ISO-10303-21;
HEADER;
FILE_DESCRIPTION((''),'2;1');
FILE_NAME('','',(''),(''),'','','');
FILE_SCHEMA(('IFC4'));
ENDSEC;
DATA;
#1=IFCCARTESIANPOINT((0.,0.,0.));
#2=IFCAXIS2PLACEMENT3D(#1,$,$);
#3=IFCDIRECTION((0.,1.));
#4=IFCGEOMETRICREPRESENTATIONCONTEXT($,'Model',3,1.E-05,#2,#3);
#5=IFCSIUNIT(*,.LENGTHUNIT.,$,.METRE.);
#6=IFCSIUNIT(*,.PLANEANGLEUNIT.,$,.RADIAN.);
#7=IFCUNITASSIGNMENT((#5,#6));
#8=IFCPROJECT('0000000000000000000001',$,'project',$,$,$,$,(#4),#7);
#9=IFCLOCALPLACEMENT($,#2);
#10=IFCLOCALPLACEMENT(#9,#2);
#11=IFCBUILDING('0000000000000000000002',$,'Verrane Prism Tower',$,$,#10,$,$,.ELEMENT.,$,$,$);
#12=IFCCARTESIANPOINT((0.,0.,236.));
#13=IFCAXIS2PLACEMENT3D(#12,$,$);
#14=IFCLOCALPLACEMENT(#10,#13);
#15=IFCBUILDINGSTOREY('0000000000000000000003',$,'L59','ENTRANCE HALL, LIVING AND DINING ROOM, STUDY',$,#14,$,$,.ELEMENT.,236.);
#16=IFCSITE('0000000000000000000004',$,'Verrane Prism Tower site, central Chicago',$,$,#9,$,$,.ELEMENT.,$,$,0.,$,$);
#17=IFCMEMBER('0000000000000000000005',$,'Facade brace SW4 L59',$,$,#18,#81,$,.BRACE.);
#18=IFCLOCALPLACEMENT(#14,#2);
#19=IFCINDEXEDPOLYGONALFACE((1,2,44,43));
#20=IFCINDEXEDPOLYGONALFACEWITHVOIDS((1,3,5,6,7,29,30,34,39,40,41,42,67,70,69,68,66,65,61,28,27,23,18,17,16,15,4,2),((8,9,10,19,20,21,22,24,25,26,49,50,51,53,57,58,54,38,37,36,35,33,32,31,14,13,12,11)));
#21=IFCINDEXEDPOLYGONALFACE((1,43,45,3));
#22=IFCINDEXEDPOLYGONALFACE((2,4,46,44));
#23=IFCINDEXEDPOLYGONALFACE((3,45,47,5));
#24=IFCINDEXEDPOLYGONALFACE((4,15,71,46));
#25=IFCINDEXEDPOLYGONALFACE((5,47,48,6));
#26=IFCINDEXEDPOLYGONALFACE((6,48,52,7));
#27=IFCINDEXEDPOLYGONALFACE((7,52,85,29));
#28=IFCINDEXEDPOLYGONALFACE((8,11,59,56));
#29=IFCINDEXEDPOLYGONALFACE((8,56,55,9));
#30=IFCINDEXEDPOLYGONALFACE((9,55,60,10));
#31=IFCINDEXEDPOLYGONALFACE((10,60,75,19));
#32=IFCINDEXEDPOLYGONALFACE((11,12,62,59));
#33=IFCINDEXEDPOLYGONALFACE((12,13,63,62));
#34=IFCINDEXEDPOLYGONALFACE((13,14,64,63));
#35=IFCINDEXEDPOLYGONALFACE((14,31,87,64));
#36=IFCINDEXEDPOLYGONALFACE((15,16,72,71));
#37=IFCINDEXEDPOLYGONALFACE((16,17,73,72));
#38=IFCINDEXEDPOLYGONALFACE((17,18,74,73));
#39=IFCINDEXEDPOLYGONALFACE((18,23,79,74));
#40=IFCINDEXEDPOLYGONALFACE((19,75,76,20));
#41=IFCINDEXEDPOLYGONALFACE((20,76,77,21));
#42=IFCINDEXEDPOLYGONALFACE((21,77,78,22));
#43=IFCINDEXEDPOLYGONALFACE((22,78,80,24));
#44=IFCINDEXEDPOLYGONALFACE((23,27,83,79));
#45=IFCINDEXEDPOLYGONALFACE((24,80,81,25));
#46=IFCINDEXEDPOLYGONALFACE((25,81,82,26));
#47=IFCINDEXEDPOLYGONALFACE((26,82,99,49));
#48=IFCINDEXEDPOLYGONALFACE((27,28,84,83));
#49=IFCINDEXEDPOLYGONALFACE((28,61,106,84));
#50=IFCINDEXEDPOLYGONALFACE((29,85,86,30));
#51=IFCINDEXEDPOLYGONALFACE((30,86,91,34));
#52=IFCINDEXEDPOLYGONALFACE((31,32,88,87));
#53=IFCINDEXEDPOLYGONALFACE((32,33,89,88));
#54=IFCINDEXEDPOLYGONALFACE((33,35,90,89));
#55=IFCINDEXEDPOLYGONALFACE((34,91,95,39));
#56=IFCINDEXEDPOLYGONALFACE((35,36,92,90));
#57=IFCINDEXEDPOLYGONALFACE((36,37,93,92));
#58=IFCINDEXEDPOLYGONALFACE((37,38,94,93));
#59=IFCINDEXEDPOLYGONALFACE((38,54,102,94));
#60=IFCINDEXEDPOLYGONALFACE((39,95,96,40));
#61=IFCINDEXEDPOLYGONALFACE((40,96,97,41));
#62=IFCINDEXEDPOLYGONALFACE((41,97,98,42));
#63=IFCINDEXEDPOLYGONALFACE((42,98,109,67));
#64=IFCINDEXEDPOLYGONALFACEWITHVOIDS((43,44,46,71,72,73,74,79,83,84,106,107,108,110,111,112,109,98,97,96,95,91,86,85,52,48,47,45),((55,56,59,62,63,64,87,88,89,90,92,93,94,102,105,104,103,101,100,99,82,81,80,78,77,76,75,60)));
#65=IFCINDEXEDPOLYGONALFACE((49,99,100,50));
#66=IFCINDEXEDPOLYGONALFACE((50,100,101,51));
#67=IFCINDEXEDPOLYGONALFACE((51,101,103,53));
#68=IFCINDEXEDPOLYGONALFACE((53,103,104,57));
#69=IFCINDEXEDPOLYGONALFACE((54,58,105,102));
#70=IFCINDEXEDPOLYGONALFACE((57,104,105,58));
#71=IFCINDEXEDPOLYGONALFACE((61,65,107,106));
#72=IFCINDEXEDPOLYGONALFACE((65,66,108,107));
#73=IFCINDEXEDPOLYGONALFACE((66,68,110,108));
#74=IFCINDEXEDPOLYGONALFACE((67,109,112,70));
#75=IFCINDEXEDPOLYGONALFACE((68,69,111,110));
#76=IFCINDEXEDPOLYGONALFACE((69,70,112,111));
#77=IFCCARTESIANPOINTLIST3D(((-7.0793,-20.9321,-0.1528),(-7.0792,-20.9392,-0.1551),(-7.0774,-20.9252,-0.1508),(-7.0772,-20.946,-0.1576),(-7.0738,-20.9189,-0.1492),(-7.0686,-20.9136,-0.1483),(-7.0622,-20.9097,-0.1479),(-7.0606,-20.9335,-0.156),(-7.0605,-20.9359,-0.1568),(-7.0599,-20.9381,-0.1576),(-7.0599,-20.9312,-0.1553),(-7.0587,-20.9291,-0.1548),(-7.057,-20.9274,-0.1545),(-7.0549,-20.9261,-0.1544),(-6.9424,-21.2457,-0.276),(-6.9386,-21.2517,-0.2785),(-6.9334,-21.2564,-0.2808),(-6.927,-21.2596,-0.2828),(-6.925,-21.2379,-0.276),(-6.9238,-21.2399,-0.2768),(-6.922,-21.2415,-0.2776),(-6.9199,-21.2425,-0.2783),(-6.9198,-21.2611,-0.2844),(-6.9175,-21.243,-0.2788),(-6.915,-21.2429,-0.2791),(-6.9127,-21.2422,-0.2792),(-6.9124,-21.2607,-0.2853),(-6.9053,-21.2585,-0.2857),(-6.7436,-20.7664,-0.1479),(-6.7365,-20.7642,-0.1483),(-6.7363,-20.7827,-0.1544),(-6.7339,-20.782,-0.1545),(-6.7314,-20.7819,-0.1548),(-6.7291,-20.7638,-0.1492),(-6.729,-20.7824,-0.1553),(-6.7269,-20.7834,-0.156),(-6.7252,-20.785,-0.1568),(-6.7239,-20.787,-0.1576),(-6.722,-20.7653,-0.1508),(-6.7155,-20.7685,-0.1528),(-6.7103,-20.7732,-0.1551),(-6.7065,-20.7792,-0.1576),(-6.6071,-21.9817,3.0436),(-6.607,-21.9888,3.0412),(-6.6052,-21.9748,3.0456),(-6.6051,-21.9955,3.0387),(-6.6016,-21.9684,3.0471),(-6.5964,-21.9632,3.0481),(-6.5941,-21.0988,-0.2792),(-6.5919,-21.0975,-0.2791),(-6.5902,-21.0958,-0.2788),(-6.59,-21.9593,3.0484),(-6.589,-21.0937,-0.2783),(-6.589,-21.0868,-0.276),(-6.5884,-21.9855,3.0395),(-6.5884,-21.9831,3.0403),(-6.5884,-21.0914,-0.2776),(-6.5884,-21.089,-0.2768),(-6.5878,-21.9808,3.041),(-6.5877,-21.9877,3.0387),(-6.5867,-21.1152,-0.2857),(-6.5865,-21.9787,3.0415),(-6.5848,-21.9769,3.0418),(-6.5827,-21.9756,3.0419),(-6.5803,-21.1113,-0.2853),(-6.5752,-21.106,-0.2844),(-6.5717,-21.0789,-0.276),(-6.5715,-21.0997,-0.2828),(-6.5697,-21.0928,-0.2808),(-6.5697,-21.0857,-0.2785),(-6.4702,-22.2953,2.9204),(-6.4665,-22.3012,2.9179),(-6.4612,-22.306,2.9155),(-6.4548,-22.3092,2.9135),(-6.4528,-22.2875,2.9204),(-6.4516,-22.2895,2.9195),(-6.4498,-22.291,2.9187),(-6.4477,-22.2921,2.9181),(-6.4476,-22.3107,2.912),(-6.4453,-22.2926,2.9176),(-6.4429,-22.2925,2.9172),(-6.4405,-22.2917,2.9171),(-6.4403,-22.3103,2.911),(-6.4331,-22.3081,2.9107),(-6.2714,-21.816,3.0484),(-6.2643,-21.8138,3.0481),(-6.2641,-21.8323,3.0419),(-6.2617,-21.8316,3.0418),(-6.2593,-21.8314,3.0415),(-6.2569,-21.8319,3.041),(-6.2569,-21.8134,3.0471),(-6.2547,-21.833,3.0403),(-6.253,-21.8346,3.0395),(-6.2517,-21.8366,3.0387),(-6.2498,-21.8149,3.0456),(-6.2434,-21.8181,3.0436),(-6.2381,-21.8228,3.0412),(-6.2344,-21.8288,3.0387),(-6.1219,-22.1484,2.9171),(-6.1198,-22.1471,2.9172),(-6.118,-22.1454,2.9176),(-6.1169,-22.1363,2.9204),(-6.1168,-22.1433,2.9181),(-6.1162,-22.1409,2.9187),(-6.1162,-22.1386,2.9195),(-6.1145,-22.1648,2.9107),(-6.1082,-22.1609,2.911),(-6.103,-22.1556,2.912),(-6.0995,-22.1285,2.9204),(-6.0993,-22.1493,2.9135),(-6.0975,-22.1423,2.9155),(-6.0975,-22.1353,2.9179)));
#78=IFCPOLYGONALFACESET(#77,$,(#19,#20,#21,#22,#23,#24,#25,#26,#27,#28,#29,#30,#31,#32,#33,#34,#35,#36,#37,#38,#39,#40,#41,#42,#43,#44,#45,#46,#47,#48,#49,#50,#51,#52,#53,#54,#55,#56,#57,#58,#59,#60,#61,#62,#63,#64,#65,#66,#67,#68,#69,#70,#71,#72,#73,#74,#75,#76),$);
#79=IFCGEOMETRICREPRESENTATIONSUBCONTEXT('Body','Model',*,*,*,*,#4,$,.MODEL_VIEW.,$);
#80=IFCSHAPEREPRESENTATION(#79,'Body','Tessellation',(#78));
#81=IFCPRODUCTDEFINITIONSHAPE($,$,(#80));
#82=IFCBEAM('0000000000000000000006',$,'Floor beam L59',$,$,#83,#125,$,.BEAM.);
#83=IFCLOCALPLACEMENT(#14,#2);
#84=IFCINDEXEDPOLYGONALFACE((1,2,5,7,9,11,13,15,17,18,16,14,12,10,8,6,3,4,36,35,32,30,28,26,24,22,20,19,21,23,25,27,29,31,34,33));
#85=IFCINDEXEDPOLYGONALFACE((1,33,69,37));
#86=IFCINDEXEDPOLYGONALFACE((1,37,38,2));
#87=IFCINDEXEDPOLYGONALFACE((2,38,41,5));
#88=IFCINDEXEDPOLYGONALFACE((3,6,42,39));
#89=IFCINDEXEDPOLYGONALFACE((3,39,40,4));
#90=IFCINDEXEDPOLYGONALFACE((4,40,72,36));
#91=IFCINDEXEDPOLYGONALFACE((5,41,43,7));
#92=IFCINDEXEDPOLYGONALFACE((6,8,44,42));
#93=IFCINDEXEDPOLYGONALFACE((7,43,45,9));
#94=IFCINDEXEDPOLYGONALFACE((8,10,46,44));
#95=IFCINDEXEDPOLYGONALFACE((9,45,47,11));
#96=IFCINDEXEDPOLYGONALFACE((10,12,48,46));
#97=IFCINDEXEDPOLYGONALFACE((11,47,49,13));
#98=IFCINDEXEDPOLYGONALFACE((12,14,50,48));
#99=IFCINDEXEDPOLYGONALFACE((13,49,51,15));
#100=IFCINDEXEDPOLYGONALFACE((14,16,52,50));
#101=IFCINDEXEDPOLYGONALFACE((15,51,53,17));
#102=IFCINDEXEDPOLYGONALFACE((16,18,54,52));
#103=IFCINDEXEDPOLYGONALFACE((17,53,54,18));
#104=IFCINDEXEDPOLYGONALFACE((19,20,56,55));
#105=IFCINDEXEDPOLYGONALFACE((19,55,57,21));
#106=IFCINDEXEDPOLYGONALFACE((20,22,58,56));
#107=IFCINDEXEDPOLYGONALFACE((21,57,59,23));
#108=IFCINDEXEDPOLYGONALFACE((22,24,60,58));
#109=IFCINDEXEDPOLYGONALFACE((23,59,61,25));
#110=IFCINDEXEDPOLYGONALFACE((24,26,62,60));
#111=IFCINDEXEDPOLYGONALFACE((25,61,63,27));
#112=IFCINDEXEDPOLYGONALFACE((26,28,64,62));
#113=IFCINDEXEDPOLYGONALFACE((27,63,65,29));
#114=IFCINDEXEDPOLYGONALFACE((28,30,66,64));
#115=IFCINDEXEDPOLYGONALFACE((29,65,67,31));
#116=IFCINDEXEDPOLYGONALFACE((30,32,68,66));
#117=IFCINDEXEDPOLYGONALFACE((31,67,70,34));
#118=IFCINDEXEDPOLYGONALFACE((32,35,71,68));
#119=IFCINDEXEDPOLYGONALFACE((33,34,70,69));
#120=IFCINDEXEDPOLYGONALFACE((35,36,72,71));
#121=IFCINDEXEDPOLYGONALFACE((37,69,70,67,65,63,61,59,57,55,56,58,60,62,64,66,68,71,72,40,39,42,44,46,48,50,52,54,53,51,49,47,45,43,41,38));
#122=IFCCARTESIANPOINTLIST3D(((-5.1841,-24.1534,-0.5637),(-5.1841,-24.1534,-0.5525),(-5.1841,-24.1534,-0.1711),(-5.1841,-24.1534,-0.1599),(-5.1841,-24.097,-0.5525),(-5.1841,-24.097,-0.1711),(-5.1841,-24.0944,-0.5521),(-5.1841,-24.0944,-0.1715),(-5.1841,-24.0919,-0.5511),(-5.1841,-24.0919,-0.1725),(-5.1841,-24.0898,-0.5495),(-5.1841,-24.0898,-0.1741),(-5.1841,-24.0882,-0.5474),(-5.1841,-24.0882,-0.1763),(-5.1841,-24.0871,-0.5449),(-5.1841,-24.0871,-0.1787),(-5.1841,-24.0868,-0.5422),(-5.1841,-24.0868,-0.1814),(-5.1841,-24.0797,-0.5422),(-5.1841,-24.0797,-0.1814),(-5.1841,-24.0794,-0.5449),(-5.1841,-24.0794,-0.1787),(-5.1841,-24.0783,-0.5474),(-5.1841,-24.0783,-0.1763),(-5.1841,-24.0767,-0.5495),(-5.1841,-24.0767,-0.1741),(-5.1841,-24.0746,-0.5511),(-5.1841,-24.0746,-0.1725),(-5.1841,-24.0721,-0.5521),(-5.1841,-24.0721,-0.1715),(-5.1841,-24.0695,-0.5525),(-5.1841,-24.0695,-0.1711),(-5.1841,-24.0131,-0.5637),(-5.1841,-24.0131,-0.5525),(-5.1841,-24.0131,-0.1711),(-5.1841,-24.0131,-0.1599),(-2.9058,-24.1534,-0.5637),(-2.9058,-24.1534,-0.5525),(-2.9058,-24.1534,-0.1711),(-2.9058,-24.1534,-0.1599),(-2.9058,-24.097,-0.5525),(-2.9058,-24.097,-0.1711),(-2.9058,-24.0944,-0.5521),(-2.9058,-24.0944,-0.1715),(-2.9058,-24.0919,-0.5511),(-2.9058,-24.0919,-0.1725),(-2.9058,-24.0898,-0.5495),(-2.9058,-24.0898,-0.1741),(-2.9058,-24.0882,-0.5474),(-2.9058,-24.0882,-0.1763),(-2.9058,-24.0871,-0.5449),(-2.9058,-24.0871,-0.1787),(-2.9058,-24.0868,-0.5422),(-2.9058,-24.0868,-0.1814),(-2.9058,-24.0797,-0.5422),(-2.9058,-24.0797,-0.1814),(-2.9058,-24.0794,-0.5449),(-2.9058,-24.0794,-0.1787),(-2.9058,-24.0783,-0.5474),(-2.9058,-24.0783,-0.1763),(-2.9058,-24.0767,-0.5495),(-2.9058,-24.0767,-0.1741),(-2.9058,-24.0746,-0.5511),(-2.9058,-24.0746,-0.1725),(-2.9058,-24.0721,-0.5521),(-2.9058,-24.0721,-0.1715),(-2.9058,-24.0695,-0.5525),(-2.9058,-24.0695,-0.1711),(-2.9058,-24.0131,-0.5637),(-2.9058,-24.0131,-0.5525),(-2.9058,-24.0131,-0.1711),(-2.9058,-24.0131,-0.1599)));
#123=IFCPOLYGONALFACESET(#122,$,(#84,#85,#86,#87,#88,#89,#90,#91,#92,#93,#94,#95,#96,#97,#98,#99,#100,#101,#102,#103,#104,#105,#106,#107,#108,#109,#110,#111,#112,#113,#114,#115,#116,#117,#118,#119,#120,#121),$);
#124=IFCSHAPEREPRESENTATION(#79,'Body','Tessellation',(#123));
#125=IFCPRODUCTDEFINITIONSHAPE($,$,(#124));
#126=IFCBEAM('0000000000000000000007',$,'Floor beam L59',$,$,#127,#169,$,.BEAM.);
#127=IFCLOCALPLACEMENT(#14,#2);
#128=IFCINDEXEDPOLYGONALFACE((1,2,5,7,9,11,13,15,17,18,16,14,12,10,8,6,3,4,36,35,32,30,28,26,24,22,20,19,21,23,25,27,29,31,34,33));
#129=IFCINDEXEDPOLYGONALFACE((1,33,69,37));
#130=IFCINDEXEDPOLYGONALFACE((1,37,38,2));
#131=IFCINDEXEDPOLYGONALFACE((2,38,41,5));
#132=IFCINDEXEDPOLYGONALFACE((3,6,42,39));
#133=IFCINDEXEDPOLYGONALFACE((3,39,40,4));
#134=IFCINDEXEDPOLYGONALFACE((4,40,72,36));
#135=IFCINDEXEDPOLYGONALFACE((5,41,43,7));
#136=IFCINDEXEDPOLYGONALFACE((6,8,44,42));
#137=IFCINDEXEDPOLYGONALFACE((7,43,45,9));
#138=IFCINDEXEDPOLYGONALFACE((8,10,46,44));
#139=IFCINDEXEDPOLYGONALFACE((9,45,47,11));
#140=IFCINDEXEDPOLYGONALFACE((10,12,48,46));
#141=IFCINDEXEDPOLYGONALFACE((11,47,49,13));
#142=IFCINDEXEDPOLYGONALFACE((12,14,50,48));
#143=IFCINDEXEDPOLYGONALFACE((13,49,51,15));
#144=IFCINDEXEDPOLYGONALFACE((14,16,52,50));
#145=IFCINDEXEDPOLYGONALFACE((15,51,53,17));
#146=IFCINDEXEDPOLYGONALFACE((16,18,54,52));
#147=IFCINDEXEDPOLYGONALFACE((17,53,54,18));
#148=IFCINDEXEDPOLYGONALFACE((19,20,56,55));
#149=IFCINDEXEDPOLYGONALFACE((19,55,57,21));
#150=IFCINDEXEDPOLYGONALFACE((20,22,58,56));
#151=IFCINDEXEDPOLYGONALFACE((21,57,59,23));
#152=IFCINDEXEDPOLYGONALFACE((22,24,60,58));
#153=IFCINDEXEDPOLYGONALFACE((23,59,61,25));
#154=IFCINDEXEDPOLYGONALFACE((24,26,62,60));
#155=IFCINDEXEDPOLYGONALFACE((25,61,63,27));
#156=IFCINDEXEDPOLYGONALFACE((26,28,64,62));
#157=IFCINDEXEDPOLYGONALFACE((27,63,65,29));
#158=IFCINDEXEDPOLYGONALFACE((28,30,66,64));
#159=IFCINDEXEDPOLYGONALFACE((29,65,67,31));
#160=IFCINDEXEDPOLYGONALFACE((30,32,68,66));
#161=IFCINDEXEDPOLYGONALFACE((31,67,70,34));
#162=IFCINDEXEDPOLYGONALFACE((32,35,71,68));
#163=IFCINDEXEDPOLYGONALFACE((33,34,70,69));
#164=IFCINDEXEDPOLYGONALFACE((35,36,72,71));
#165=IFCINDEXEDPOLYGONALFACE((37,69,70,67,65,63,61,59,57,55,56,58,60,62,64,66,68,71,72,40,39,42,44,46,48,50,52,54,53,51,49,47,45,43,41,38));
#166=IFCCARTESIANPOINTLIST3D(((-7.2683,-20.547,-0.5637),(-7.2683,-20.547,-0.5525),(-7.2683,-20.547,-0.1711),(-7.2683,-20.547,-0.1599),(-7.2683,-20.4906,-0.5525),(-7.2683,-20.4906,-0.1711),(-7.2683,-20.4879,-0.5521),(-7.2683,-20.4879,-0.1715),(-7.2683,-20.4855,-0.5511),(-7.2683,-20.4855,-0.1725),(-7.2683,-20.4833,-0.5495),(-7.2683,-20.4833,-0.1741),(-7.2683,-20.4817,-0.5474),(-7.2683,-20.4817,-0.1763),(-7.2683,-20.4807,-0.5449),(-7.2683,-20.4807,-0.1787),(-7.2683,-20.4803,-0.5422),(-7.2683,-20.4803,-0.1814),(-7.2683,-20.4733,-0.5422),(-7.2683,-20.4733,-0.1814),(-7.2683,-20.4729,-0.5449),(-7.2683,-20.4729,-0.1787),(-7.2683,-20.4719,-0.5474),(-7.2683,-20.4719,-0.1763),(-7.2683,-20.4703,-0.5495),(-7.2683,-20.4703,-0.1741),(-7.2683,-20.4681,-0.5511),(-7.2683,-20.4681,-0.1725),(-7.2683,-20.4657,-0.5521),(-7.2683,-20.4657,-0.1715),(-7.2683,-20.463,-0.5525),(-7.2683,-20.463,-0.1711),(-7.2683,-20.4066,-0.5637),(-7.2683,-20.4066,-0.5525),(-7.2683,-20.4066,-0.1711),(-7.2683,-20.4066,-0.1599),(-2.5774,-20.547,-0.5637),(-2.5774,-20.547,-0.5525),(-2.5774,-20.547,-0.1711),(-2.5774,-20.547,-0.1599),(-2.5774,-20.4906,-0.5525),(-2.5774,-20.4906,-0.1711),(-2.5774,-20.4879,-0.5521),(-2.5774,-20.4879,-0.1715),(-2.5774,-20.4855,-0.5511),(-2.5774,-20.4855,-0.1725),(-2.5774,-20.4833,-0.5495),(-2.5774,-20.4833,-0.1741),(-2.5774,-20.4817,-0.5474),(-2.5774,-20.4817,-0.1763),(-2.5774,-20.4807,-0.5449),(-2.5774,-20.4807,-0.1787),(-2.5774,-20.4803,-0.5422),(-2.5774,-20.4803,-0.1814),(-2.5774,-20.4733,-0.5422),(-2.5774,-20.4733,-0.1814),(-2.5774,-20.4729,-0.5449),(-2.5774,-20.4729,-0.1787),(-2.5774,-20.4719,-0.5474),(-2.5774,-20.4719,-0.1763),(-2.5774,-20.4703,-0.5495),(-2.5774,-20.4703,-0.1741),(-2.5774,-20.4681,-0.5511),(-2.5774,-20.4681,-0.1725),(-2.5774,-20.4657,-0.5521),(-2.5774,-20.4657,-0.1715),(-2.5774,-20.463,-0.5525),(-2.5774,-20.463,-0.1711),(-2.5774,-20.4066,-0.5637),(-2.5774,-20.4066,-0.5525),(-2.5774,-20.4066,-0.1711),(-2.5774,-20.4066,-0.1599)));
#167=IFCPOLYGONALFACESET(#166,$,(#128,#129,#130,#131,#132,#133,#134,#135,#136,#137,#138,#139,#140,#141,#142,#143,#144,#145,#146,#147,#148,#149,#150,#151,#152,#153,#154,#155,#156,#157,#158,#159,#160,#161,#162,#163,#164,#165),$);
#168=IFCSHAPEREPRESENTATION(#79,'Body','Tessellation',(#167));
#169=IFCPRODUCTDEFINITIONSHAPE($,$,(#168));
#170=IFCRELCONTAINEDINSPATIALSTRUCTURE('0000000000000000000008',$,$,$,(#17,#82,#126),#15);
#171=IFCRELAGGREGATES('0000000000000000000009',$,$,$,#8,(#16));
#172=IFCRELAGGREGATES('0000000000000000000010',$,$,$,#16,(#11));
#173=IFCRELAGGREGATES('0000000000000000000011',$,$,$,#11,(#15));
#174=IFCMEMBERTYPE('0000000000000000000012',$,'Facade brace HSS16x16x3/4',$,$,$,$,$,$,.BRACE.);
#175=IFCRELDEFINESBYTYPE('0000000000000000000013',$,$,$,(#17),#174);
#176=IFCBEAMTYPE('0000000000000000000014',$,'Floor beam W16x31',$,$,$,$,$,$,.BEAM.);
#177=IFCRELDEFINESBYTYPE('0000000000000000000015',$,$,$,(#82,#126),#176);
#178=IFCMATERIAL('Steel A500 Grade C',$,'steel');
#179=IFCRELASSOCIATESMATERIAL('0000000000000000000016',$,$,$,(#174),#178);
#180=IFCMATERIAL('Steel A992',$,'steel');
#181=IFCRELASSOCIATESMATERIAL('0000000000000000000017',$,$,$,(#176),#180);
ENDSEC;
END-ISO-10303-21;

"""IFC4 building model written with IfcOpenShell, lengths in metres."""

from ifc_helpers import new_model, si_unit, direction, frame, origin, origin_2d, place, context, subcontext, project, spatial, hollow_rectangle, i_section, extrude, material, material_profile, profile_set, type_object, element, save


model = new_model("IFC4")

# Units and contexts
model_context = context("Model", 3, precision=1e-05, world=origin(), true_north=direction((0.0, 1.0)))
body_context = subcontext(model_context, "Body", "Model", "MODEL_VIEW")
ifc_project = project(units=[si_unit("LENGTHUNIT", "METRE"), si_unit("PLANEANGLEUNIT", "RADIAN")], contexts=[model_context])

# Site, building, storey
site_placement = place(None, origin())
site = spatial("IfcSite", under=ifc_project, at=site_placement, Name="Verrane Prism Tower site, central Chicago", CompositionType="ELEMENT", RefElevation=0.0)
building_placement = place(site_placement, origin())
building = spatial("IfcBuilding", under=site, at=building_placement, Name="Verrane Prism Tower", CompositionType="ELEMENT")
storey_placement = place(building_placement, frame((0.0, 0.0, 236.0)))
storey = spatial("IfcBuildingStorey", under=building, at=storey_placement, Name="L59", Description="ENTRANCE HALL, LIVING AND DINING ROOM, STUDY", CompositionType="ELEMENT", Elevation=236.0)

# Member
ifc_material_1 = material(Name="Steel A500 Grade C", Category="steel")
ifc_material_profile_1 = material_profile(ifc_material_1, hollow_rectangle(XDim=0.4065, YDim=0.4065, WallThickness=0.019, InnerFilletRadius=0.0095, OuterFilletRadius=0.0286, at=origin_2d()), Name="HSS16x16x3/4")
ifc_profile_set_1 = profile_set([ifc_material_profile_1], Name="Steel A500 Grade C")
member_type_1 = type_object("IfcMemberType", Name="Facade brace HSS16x16x3/4", PredefinedType="BRACE", material=ifc_profile_set_1)
member_1_placement = place(storey_placement, frame((-6.8245, -21.0125, -0.2168), z_axis=(0.138989, -0.308951, 0.940867), x_axis=(0.911965, 0.410268, 0.0)))
element("IfcMember", 1, at=member_1_placement, inside=storey, type_object=member_type_1, Name="Facade brace SW4 L59", PredefinedType="BRACE", context=body_context, shape_type="SweptSolid", body=[
    extrude(hollow_rectangle(XDim=0.4065, YDim=0.4065, WallThickness=0.019, InnerFilletRadius=0.0095, OuterFilletRadius=0.0286, at=origin_2d()), origin(), (0.0, 0.0, 1.0), 3.3972),
])

# Beams
ifc_material_2 = material(Name="Steel A992", Category="steel")
ifc_material_profile_2 = material_profile(ifc_material_2, i_section(OverallWidth=0.1404, OverallDepth=0.4038, WebThickness=0.0071, FlangeThickness=0.0112, FilletRadius=0.0103, at=origin_2d()), Name="W16x31")
ifc_profile_set_2 = profile_set([ifc_material_profile_2], Name="Steel A992")
beam_type_1 = type_object("IfcBeamType", Name="Floor beam W16x31", PredefinedType="BEAM", material=ifc_profile_set_2)
beam_1_placement = place(storey_placement, frame((-5.1841, -24.0833, -0.3618), z_axis=(1.0, 0.0, 0.0), x_axis=(0.0, 1.0, 0.0)))
element("IfcBeam", 2, at=beam_1_placement, inside=storey, type_object=beam_type_1, Name="Floor beam L59", PredefinedType="BEAM", context=body_context, shape_type="SweptSolid", body=[
    extrude(i_section(OverallWidth=0.1404, OverallDepth=0.4038, WebThickness=0.0071, FlangeThickness=0.0112, FilletRadius=0.0103, at=origin_2d()), origin(), (0.0, 0.0, 1.0), 2.2783),
])
beam_2_placement = place(storey_placement, frame((-7.2683, -20.4768, -0.3618), z_axis=(1.0, 0.0, 0.0), x_axis=(0.0, 1.0, 0.0)))
element("IfcBeam", 3, at=beam_2_placement, inside=storey, type_object=beam_type_1, Name="Floor beam L59", PredefinedType="BEAM", context=body_context, shape_type="SweptSolid", body=[
    extrude(i_section(OverallWidth=0.1404, OverallDepth=0.4038, WebThickness=0.0071, FlangeThickness=0.0112, FilletRadius=0.0103, at=origin_2d()), origin(), (0.0, 0.0, 1.0), 4.6909),
])

save(model, "model.ifc")
